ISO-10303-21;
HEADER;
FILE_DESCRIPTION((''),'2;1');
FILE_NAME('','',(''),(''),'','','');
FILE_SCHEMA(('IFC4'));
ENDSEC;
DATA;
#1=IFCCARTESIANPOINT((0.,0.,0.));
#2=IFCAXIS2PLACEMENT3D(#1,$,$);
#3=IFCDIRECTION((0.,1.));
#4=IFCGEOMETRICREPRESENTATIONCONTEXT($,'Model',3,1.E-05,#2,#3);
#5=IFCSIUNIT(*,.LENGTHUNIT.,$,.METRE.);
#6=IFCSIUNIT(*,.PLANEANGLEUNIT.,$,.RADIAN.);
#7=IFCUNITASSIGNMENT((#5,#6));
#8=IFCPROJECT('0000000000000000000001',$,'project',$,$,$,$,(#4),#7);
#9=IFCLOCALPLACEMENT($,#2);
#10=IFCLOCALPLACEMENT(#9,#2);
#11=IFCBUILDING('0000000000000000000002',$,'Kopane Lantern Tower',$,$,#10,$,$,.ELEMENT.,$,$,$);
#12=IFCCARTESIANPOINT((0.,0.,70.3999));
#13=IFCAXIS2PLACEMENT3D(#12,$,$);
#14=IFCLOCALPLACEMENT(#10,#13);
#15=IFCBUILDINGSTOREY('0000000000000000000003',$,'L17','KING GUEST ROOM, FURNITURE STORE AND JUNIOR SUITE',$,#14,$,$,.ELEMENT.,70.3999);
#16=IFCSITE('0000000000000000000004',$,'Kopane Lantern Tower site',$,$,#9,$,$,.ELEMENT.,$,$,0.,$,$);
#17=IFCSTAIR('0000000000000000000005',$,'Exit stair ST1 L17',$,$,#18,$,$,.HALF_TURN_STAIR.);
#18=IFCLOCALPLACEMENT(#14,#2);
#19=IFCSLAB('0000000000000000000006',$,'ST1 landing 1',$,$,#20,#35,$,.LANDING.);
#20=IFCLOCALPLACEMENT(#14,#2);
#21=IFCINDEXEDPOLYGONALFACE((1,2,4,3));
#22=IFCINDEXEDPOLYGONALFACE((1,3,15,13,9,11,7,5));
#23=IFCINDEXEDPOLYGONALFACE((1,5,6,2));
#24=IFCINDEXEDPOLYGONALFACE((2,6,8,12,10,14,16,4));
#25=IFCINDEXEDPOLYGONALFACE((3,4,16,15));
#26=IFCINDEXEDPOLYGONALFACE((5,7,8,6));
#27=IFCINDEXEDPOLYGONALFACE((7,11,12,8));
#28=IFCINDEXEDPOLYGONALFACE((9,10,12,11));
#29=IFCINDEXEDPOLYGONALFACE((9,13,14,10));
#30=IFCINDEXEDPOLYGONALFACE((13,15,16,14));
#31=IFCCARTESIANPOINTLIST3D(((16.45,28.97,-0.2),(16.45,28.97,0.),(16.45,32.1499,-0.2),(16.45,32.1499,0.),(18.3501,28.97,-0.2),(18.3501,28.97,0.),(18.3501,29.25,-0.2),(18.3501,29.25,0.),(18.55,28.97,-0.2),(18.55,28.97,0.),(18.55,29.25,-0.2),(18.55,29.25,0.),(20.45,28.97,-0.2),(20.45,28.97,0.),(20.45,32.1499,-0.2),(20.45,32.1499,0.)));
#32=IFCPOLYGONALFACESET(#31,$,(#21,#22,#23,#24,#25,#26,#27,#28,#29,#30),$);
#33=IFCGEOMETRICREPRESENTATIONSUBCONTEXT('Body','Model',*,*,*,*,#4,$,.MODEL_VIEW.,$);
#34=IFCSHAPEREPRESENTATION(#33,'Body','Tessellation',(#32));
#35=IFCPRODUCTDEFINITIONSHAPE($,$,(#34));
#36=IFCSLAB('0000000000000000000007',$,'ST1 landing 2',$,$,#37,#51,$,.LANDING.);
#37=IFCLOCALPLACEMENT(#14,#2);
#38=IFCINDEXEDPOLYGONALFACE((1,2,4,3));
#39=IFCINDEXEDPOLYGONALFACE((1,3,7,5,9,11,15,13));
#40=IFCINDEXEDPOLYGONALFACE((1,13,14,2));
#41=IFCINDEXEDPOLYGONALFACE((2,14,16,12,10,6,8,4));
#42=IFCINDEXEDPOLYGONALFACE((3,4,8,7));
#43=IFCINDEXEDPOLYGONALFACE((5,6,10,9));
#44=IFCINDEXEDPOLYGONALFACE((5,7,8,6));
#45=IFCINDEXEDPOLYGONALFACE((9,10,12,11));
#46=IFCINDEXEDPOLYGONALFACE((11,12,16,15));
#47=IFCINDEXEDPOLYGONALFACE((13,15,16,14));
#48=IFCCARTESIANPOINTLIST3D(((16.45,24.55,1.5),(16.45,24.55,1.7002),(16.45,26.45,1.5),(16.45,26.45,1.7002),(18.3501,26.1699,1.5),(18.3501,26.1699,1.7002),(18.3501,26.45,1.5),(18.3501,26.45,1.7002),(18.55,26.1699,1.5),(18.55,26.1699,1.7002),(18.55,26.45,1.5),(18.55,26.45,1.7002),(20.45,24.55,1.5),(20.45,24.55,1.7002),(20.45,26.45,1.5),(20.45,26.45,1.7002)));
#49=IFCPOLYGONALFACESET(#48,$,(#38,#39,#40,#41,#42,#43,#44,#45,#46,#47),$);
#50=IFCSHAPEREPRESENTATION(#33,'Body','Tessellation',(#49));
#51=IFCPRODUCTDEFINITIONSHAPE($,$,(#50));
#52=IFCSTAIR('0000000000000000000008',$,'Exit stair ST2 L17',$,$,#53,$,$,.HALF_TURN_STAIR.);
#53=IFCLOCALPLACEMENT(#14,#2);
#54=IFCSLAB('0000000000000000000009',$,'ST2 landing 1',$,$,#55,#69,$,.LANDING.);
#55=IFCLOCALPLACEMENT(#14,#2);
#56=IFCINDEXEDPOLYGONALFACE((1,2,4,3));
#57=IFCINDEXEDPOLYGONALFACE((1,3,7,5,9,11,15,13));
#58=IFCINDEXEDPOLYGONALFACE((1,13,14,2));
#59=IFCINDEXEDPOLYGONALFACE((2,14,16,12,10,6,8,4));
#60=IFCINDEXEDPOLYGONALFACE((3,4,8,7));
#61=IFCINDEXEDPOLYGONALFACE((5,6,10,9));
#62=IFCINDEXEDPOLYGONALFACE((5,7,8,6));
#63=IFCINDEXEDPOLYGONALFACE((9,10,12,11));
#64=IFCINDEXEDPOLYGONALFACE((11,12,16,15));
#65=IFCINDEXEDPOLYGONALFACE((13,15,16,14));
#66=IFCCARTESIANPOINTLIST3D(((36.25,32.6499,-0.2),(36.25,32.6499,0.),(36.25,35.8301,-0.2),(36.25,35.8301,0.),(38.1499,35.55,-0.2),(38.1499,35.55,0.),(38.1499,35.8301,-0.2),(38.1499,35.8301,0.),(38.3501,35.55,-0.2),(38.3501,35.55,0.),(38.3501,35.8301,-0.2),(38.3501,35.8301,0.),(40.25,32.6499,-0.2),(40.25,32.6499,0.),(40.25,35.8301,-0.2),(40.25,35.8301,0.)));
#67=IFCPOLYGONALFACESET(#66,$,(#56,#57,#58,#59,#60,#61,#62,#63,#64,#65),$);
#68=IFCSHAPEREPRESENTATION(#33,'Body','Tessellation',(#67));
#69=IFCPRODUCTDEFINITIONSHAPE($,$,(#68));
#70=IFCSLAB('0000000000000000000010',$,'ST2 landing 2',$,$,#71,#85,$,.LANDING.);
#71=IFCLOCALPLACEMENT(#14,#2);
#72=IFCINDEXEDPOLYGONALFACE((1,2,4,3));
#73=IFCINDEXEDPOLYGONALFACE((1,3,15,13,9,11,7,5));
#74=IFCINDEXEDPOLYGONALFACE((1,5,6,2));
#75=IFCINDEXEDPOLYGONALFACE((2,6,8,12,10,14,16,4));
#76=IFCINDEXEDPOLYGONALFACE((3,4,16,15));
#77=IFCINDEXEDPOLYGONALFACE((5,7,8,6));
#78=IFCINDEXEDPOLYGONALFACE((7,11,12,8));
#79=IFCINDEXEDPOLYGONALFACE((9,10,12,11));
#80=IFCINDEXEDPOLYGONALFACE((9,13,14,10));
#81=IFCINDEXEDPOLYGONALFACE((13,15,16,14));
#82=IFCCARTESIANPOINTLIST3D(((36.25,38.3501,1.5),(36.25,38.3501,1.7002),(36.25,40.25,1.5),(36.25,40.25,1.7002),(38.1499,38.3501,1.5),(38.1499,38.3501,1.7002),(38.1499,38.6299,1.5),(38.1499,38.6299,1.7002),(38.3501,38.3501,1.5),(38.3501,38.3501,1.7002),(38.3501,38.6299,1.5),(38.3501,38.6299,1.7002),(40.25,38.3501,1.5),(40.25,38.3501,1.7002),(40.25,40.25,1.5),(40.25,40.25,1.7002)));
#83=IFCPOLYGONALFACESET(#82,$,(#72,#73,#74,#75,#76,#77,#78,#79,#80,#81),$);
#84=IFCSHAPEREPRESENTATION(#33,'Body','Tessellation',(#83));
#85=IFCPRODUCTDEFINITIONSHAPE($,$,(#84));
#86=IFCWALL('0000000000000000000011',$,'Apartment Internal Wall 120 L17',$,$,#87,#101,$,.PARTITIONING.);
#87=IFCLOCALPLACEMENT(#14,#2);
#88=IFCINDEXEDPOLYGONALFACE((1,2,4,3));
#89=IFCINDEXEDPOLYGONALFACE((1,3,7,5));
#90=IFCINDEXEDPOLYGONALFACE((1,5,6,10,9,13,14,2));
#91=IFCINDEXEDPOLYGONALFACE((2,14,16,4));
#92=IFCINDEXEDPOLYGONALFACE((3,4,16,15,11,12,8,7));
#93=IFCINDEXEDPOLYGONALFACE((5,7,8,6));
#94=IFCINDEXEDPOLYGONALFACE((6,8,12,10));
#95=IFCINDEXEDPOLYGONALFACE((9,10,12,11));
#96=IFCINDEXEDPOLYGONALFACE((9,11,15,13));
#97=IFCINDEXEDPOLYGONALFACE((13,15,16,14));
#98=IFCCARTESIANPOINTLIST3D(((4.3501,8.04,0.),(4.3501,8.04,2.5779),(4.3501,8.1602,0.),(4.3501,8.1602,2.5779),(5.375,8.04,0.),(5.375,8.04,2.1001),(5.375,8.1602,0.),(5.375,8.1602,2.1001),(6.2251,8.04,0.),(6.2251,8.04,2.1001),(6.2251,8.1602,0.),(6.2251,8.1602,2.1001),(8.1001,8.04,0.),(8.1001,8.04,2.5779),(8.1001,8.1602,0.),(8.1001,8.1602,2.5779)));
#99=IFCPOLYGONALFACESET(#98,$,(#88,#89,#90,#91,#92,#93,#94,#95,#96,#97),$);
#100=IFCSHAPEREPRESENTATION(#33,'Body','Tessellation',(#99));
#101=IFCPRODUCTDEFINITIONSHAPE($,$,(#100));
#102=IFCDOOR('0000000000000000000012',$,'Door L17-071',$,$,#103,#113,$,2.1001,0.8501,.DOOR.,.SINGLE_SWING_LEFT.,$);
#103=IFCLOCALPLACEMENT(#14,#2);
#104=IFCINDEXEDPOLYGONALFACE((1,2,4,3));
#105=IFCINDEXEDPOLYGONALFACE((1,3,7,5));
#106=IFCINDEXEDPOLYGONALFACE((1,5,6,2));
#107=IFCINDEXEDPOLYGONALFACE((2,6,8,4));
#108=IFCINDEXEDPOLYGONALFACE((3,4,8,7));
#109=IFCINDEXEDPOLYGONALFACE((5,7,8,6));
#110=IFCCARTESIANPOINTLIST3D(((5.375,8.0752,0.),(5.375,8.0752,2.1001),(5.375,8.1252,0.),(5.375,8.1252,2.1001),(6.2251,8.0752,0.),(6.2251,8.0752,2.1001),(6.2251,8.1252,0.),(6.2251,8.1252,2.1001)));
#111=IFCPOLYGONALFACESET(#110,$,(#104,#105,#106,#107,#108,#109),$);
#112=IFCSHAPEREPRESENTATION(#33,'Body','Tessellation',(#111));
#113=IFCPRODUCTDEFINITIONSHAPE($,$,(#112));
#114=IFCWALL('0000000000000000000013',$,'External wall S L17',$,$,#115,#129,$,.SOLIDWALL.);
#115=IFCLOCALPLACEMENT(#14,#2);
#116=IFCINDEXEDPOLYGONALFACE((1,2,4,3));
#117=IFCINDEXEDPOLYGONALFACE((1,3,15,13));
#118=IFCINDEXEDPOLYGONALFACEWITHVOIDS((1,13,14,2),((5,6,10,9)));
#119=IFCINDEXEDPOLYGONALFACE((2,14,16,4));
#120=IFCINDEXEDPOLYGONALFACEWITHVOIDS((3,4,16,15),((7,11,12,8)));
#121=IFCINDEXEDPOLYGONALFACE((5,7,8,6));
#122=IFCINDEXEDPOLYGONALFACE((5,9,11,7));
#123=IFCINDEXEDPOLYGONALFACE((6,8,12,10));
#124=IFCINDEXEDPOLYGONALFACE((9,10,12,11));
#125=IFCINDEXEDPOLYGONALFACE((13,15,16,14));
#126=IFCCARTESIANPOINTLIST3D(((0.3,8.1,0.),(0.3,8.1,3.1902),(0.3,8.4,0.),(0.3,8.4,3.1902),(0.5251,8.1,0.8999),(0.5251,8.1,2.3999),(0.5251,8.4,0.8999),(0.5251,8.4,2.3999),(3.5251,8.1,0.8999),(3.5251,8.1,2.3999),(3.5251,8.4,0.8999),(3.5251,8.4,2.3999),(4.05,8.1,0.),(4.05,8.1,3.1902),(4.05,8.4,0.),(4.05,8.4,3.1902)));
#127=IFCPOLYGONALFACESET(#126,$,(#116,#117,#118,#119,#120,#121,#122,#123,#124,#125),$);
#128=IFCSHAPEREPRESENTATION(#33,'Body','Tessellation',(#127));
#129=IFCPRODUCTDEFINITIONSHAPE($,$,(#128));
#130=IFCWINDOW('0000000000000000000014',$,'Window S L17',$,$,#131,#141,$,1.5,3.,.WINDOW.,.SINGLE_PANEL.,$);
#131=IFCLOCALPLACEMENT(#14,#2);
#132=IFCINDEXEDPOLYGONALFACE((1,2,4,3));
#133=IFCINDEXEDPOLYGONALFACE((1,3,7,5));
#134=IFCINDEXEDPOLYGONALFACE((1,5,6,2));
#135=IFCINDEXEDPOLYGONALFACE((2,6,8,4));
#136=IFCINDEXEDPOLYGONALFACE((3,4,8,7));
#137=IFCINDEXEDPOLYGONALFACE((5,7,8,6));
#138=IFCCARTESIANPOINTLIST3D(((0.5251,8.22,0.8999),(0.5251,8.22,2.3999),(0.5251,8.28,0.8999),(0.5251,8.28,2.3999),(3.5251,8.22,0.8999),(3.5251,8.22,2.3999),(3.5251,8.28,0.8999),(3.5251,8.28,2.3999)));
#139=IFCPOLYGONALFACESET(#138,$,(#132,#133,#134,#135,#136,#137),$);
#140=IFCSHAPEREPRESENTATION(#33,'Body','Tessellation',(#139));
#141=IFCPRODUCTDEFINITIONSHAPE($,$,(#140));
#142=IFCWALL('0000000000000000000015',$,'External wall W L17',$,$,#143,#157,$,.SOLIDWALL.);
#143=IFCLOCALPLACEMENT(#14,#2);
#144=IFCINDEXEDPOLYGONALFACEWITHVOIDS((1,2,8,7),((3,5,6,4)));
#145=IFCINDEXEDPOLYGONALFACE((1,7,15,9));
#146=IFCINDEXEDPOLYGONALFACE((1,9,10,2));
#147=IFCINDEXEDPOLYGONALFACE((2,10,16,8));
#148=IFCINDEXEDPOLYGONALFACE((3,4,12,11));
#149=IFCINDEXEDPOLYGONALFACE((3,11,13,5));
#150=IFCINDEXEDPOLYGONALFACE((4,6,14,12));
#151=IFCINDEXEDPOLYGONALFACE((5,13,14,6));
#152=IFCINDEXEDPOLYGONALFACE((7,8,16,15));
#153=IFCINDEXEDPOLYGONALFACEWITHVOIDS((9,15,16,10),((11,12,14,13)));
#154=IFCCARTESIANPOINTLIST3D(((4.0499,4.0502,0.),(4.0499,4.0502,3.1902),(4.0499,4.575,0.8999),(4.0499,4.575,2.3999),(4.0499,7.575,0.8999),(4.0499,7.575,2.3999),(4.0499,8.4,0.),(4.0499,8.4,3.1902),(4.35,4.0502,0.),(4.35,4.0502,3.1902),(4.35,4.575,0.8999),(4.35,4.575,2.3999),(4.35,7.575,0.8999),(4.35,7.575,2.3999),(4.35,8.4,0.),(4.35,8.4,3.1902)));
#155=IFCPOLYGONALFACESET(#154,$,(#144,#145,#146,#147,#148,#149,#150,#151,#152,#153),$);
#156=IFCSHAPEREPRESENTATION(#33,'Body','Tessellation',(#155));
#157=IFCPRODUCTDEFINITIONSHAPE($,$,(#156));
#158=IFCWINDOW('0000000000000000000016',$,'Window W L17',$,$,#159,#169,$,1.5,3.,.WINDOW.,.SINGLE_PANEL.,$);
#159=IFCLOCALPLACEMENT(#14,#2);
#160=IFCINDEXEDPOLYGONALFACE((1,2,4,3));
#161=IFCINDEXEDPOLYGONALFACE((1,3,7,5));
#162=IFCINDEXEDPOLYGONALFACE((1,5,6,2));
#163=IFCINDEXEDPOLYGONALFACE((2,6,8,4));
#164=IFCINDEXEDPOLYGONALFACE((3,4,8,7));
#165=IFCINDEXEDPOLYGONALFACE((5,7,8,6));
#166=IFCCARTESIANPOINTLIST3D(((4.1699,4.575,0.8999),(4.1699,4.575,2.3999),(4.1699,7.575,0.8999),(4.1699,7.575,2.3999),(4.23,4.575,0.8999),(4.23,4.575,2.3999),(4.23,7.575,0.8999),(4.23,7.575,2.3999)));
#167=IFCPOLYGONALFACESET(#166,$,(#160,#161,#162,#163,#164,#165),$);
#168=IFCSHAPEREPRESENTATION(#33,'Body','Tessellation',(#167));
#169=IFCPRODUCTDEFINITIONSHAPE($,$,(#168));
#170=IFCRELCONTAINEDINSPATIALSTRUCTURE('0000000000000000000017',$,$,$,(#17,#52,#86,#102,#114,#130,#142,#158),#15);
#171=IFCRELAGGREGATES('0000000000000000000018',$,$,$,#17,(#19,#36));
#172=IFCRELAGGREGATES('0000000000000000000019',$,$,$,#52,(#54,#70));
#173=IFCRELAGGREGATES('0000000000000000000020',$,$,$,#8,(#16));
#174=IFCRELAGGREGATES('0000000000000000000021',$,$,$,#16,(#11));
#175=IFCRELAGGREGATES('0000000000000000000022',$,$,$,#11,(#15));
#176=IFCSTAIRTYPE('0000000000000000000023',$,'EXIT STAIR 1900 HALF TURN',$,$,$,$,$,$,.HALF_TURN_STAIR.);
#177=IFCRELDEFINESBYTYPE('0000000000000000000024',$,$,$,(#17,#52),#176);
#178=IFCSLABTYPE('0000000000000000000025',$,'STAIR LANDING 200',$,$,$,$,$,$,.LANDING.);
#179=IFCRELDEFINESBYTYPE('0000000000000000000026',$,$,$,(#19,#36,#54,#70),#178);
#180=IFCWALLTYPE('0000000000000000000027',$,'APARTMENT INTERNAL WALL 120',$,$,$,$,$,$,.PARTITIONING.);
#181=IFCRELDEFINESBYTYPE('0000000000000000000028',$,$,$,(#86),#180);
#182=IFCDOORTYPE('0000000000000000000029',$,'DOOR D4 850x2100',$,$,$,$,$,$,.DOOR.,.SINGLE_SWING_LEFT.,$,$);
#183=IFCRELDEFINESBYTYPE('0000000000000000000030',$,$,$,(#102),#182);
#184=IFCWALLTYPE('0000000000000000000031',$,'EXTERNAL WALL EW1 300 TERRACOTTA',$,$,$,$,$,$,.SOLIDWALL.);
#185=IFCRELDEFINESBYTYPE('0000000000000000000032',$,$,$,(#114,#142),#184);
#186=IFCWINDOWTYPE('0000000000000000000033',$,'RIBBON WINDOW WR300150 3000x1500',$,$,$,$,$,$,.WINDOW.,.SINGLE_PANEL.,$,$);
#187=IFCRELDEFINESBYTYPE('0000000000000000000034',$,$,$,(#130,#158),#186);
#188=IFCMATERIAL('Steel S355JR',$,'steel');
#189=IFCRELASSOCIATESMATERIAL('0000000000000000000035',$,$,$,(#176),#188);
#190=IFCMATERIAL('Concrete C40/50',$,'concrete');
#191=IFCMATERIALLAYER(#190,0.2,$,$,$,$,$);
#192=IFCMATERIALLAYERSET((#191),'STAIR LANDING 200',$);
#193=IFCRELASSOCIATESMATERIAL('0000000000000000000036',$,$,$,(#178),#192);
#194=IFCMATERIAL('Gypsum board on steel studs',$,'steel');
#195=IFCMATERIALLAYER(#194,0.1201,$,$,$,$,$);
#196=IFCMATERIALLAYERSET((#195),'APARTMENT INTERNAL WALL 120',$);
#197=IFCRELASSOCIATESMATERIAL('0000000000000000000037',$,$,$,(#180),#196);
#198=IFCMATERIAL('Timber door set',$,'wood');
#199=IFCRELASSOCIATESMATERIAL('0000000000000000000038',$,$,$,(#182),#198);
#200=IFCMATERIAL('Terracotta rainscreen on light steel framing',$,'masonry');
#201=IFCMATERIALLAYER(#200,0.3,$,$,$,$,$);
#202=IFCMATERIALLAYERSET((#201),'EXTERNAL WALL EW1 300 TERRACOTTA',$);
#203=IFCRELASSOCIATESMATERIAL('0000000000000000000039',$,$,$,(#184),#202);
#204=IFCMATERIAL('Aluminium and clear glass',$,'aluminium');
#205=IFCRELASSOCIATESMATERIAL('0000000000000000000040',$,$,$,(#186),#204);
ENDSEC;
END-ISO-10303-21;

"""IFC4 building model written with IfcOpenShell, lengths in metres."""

from ifc_helpers import new_model, si_unit, direction, frame, frame_2d, origin, place, context, subcontext, project, spatial, polyline, rectangle, outline, extrude, material, layer, layer_set, type_object, element, fill, aggregate, save


model = new_model("IFC4")

# Units and contexts
model_context = context("Model", 3, precision=1e-05, world=origin(), true_north=direction((0.0, 1.0)))
body_context = subcontext(model_context, "Body", "Model", "MODEL_VIEW")
ifc_project = project(units=[si_unit("LENGTHUNIT", "METRE"), si_unit("PLANEANGLEUNIT", "RADIAN")], contexts=[model_context])

# Site, building, storey
site_placement = place(None, origin())
site = spatial("IfcSite", under=ifc_project, at=site_placement, Name="Kopane Lantern Tower site", CompositionType="ELEMENT", RefElevation=0.0)
building_placement = place(site_placement, origin())
building = spatial("IfcBuilding", under=site, at=building_placement, Name="Kopane Lantern Tower", CompositionType="ELEMENT")
storey_placement = place(building_placement, frame((0.0, 0.0, 70.3999)))
storey = spatial("IfcBuildingStorey", under=building, at=storey_placement, Name="L17", Description="KING GUEST ROOM, FURNITURE STORE AND JUNIOR SUITE", CompositionType="ELEMENT", Elevation=70.3999)

# Stairs, slabs
ifc_material_1 = material(Name="Steel S355JR", Category="steel")
stair_type = type_object("IfcStairType", Name="EXIT STAIR 1900 HALF TURN", PredefinedType="HALF_TURN_STAIR", material=ifc_material_1)
stair_1_placement = place(storey_placement, origin())
stair_1 = element("IfcStair", 1, at=stair_1_placement, inside=storey, type_object=stair_type, Name="Exit stair ST1 L17", PredefinedType="HALF_TURN_STAIR")
ifc_material_2 = material(Name="Concrete C40/50", Category="concrete")
ifc_layer_1 = layer(ifc_material_2, 0.2)
ifc_layer_set_1 = layer_set([ifc_layer_1], Name="STAIR LANDING 200")
slab_type_1 = type_object("IfcSlabType", Name="STAIR LANDING 200", PredefinedType="LANDING", material=ifc_layer_set_1)
slab_1_placement = place(storey_placement, frame((0.0, 0.0, -0.2)))
slab_1 = element("IfcSlab", 2, at=slab_1_placement, type_object=slab_type_1, Name="ST1 landing 1", PredefinedType="LANDING", context=body_context, shape_type="SweptSolid", body=[
    extrude(outline(polyline([(18.3501, 29.25), (18.55, 29.25), (18.55, 28.97), (20.45, 28.97), (20.45, 32.1499), (16.45, 32.1499), (16.45, 28.97), (18.3501, 28.97), (18.3501, 29.25)])), origin(), (0.0, 0.0, 1.0), 0.2),
])
slab_2_placement = place(storey_placement, frame((0.0, 0.0, 1.5)))
slab_2 = element("IfcSlab", 3, at=slab_2_placement, type_object=slab_type_1, Name="ST1 landing 2", PredefinedType="LANDING", context=body_context, shape_type="SweptSolid", body=[
    extrude(outline(polyline([(20.45, 26.45), (18.55, 26.45), (18.55, 26.1699), (18.3501, 26.1699), (18.3501, 26.45), (16.45, 26.45), (16.45, 24.55), (20.45, 24.55), (20.45, 26.45)])), origin(), (0.0, 0.0, 1.0), 0.2002),
])
aggregate(stair_1, [slab_1, slab_2])
stair_2_placement = place(storey_placement, origin())
stair_2 = element("IfcStair", 4, at=stair_2_placement, inside=storey, type_object=stair_type, Name="Exit stair ST2 L17", PredefinedType="HALF_TURN_STAIR")
slab_3_placement = place(storey_placement, frame((0.0, 0.0, -0.2)))
slab_3 = element("IfcSlab", 5, at=slab_3_placement, type_object=slab_type_1, Name="ST2 landing 1", PredefinedType="LANDING", context=body_context, shape_type="SweptSolid", body=[
    extrude(outline(polyline([(40.25, 35.8301), (38.3501, 35.8301), (38.3501, 35.55), (38.1499, 35.55), (38.1499, 35.8301), (36.25, 35.8301), (36.25, 32.6499), (40.25, 32.6499), (40.25, 35.8301)])), origin(), (0.0, 0.0, 1.0), 0.2),
])
slab_4_placement = place(storey_placement, frame((0.0, 0.0, 1.5)))
slab_4 = element("IfcSlab", 6, at=slab_4_placement, type_object=slab_type_1, Name="ST2 landing 2", PredefinedType="LANDING", context=body_context, shape_type="SweptSolid", body=[
    extrude(outline(polyline([(38.1499, 38.6299), (38.3501, 38.6299), (38.3501, 38.3501), (40.25, 38.3501), (40.25, 40.25), (36.25, 40.25), (36.25, 38.3501), (38.1499, 38.3501), (38.1499, 38.6299)])), origin(), (0.0, 0.0, 1.0), 0.2002),
])
aggregate(stair_2, [slab_3, slab_4])

# Wall, opening, door
ifc_material_3 = material(Name="Gypsum board on steel studs", Category="steel")
ifc_layer_2 = layer(ifc_material_3, 0.1201)
ifc_layer_set_2 = layer_set([ifc_layer_2], Name="APARTMENT INTERNAL WALL 120")
wall_type_1 = type_object("IfcWallType", Name="APARTMENT INTERNAL WALL 120", PredefinedType="PARTITIONING", material=ifc_layer_set_2)
wall_1_placement = place(storey_placement, frame((8.1001, 8.1001, 0.0), z_axis=(0.0, 0.0, 1.0), x_axis=(-1.0, 0.0, 0.0)))
wall_1 = element("IfcWall", 7, at=wall_1_placement, inside=storey, type_object=wall_type_1, Name="Apartment Internal Wall 120 L17", PredefinedType="PARTITIONING", context=body_context, shape_type="SweptSolid", body=[
    extrude(rectangle(XDim=3.75, YDim=0.1201, at=frame_2d((1.875, 0.0))), origin(), (0.0, 0.0, 1.0), 2.5779),
])
opening_1_placement = place(wall_1_placement, frame((1.875, 0.0, 0.0)))
opening_1 = element("IfcOpeningElement", 8, at=opening_1_placement, cuts=wall_1, PredefinedType="OPENING", context=body_context, shape_type="SweptSolid", body=[
    extrude(rectangle(XDim=0.8501, YDim=2.1001, at=frame_2d((0.425, 1.05))), frame((0.0, 0.0701, 0.0), z_axis=(0.0, -1.0, 0.0), x_axis=(1.0, 0.0, 0.0)), (0.0, 0.0, 1.0), 0.1401),
])
ifc_material_4 = material(Name="Timber door set", Category="wood")
door_type = type_object("IfcDoorType", Name="DOOR D4 850x2100", OperationType="SINGLE_SWING_LEFT", PredefinedType="DOOR", material=ifc_material_4)
door_placement = place(opening_1_placement, origin())
door = element("IfcDoor", 9, at=door_placement, inside=storey, type_object=door_type, Name="Door L17-071", OperationType="SINGLE_SWING_LEFT", OverallHeight=2.1001, OverallWidth=0.8501, PredefinedType="DOOR", context=body_context, shape_type="SweptSolid", body=[
    extrude(rectangle(XDim=0.8501, YDim=2.1001, at=frame_2d((0.425, 1.05))), frame((0.0, 0.0249, 0.0), z_axis=(0.0, -1.0, 0.0), x_axis=(1.0, 0.0, 0.0)), (0.0, 0.0, 1.0), 0.05),
])
fill(opening_1, door)

# Walls, openings, windows
ifc_material_5 = material(Name="Terracotta rainscreen on light steel framing", Category="masonry")
ifc_layer_3 = layer(ifc_material_5, 0.3)
ifc_layer_set_3 = layer_set([ifc_layer_3], Name="EXTERNAL WALL EW1 300 TERRACOTTA")
wall_type_2 = type_object("IfcWallType", Name="EXTERNAL WALL EW1 300 TERRACOTTA", PredefinedType="SOLIDWALL", material=ifc_layer_set_3)
wall_2_placement = place(storey_placement, frame((0.3, 8.25, 0.0), z_axis=(0.0, 0.0, 1.0), x_axis=(1.0, 0.0, 0.0)))
wall_2 = element("IfcWall", 10, at=wall_2_placement, inside=storey, type_object=wall_type_2, Name="External wall S L17", PredefinedType="SOLIDWALL", context=body_context, shape_type="SweptSolid", body=[
    extrude(rectangle(XDim=3.75, YDim=0.3, at=frame_2d((1.875, 0.0))), origin(), (0.0, 0.0, 1.0), 3.1902),
])
opening_2_placement = place(wall_2_placement, frame((0.2251, 0.0, 0.8999)))
opening_2 = element("IfcOpeningElement", 11, at=opening_2_placement, cuts=wall_2, PredefinedType="OPENING", context=body_context, shape_type="SweptSolid", body=[
    extrude(rectangle(XDim=3.0, YDim=1.5, at=frame_2d((1.5, 0.75))), frame((0.0, 0.1599, 0.0), z_axis=(0.0, -1.0, 0.0), x_axis=(1.0, 0.0, 0.0)), (0.0, 0.0, 1.0), 0.3201),
])
ifc_material_6 = material(Name="Aluminium and clear glass", Category="aluminium")
window_type = type_object("IfcWindowType", Name="RIBBON WINDOW WR300150 3000x1500", PartitioningType="SINGLE_PANEL", PredefinedType="WINDOW", material=ifc_material_6)
window_1_placement = place(opening_2_placement, origin())
window_1 = element("IfcWindow", 12, at=window_1_placement, inside=storey, type_object=window_type, Name="Window S L17", OverallHeight=1.5, OverallWidth=3.0, PartitioningType="SINGLE_PANEL", PredefinedType="WINDOW", context=body_context, shape_type="SweptSolid", body=[
    extrude(rectangle(XDim=3.0, YDim=1.5, at=frame_2d((1.5, 0.75))), frame((0.0, 0.03, 0.0), z_axis=(0.0, -1.0, 0.0), x_axis=(1.0, 0.0, 0.0)), (0.0, 0.0, 1.0), 0.0601),
])
fill(opening_2, window_1)
wall_3_placement = place(storey_placement, frame((4.2, 8.3999, 0.0), z_axis=(0.0, 0.0, 1.0), x_axis=(0.0, -1.0, 0.0)))
wall_3 = element("IfcWall", 13, at=wall_3_placement, inside=storey, type_object=wall_type_2, Name="External wall W L17", PredefinedType="SOLIDWALL", context=body_context, shape_type="SweptSolid", body=[
    extrude(rectangle(XDim=4.3499, YDim=0.3, at=frame_2d((2.1748, 0.0))), origin(), (0.0, 0.0, 1.0), 3.1902),
])
opening_3_placement = place(wall_3_placement, frame((0.825, 0.0, 0.8999)))
opening_3 = element("IfcOpeningElement", 14, at=opening_3_placement, cuts=wall_3, PredefinedType="OPENING", context=body_context, shape_type="SweptSolid", body=[
    extrude(rectangle(XDim=3.0, YDim=1.5, at=frame_2d((1.5, 0.75))), frame((0.0, 0.1599, 0.0), z_axis=(0.0, -1.0, 0.0), x_axis=(1.0, 0.0, 0.0)), (0.0, 0.0, 1.0), 0.3201),
])
window_2_placement = place(opening_3_placement, origin())
window_2 = element("IfcWindow", 15, at=window_2_placement, inside=storey, type_object=window_type, Name="Window W L17", OverallHeight=1.5, OverallWidth=3.0, PartitioningType="SINGLE_PANEL", PredefinedType="WINDOW", context=body_context, shape_type="SweptSolid", body=[
    extrude(rectangle(XDim=3.0, YDim=1.5, at=frame_2d((1.5, 0.75))), frame((0.0, 0.03, 0.0), z_axis=(0.0, -1.0, 0.0), x_axis=(1.0, 0.0, 0.0)), (0.0, 0.0, 1.0), 0.0601),
])
fill(opening_3, window_2)

save(model, "model.ifc")
